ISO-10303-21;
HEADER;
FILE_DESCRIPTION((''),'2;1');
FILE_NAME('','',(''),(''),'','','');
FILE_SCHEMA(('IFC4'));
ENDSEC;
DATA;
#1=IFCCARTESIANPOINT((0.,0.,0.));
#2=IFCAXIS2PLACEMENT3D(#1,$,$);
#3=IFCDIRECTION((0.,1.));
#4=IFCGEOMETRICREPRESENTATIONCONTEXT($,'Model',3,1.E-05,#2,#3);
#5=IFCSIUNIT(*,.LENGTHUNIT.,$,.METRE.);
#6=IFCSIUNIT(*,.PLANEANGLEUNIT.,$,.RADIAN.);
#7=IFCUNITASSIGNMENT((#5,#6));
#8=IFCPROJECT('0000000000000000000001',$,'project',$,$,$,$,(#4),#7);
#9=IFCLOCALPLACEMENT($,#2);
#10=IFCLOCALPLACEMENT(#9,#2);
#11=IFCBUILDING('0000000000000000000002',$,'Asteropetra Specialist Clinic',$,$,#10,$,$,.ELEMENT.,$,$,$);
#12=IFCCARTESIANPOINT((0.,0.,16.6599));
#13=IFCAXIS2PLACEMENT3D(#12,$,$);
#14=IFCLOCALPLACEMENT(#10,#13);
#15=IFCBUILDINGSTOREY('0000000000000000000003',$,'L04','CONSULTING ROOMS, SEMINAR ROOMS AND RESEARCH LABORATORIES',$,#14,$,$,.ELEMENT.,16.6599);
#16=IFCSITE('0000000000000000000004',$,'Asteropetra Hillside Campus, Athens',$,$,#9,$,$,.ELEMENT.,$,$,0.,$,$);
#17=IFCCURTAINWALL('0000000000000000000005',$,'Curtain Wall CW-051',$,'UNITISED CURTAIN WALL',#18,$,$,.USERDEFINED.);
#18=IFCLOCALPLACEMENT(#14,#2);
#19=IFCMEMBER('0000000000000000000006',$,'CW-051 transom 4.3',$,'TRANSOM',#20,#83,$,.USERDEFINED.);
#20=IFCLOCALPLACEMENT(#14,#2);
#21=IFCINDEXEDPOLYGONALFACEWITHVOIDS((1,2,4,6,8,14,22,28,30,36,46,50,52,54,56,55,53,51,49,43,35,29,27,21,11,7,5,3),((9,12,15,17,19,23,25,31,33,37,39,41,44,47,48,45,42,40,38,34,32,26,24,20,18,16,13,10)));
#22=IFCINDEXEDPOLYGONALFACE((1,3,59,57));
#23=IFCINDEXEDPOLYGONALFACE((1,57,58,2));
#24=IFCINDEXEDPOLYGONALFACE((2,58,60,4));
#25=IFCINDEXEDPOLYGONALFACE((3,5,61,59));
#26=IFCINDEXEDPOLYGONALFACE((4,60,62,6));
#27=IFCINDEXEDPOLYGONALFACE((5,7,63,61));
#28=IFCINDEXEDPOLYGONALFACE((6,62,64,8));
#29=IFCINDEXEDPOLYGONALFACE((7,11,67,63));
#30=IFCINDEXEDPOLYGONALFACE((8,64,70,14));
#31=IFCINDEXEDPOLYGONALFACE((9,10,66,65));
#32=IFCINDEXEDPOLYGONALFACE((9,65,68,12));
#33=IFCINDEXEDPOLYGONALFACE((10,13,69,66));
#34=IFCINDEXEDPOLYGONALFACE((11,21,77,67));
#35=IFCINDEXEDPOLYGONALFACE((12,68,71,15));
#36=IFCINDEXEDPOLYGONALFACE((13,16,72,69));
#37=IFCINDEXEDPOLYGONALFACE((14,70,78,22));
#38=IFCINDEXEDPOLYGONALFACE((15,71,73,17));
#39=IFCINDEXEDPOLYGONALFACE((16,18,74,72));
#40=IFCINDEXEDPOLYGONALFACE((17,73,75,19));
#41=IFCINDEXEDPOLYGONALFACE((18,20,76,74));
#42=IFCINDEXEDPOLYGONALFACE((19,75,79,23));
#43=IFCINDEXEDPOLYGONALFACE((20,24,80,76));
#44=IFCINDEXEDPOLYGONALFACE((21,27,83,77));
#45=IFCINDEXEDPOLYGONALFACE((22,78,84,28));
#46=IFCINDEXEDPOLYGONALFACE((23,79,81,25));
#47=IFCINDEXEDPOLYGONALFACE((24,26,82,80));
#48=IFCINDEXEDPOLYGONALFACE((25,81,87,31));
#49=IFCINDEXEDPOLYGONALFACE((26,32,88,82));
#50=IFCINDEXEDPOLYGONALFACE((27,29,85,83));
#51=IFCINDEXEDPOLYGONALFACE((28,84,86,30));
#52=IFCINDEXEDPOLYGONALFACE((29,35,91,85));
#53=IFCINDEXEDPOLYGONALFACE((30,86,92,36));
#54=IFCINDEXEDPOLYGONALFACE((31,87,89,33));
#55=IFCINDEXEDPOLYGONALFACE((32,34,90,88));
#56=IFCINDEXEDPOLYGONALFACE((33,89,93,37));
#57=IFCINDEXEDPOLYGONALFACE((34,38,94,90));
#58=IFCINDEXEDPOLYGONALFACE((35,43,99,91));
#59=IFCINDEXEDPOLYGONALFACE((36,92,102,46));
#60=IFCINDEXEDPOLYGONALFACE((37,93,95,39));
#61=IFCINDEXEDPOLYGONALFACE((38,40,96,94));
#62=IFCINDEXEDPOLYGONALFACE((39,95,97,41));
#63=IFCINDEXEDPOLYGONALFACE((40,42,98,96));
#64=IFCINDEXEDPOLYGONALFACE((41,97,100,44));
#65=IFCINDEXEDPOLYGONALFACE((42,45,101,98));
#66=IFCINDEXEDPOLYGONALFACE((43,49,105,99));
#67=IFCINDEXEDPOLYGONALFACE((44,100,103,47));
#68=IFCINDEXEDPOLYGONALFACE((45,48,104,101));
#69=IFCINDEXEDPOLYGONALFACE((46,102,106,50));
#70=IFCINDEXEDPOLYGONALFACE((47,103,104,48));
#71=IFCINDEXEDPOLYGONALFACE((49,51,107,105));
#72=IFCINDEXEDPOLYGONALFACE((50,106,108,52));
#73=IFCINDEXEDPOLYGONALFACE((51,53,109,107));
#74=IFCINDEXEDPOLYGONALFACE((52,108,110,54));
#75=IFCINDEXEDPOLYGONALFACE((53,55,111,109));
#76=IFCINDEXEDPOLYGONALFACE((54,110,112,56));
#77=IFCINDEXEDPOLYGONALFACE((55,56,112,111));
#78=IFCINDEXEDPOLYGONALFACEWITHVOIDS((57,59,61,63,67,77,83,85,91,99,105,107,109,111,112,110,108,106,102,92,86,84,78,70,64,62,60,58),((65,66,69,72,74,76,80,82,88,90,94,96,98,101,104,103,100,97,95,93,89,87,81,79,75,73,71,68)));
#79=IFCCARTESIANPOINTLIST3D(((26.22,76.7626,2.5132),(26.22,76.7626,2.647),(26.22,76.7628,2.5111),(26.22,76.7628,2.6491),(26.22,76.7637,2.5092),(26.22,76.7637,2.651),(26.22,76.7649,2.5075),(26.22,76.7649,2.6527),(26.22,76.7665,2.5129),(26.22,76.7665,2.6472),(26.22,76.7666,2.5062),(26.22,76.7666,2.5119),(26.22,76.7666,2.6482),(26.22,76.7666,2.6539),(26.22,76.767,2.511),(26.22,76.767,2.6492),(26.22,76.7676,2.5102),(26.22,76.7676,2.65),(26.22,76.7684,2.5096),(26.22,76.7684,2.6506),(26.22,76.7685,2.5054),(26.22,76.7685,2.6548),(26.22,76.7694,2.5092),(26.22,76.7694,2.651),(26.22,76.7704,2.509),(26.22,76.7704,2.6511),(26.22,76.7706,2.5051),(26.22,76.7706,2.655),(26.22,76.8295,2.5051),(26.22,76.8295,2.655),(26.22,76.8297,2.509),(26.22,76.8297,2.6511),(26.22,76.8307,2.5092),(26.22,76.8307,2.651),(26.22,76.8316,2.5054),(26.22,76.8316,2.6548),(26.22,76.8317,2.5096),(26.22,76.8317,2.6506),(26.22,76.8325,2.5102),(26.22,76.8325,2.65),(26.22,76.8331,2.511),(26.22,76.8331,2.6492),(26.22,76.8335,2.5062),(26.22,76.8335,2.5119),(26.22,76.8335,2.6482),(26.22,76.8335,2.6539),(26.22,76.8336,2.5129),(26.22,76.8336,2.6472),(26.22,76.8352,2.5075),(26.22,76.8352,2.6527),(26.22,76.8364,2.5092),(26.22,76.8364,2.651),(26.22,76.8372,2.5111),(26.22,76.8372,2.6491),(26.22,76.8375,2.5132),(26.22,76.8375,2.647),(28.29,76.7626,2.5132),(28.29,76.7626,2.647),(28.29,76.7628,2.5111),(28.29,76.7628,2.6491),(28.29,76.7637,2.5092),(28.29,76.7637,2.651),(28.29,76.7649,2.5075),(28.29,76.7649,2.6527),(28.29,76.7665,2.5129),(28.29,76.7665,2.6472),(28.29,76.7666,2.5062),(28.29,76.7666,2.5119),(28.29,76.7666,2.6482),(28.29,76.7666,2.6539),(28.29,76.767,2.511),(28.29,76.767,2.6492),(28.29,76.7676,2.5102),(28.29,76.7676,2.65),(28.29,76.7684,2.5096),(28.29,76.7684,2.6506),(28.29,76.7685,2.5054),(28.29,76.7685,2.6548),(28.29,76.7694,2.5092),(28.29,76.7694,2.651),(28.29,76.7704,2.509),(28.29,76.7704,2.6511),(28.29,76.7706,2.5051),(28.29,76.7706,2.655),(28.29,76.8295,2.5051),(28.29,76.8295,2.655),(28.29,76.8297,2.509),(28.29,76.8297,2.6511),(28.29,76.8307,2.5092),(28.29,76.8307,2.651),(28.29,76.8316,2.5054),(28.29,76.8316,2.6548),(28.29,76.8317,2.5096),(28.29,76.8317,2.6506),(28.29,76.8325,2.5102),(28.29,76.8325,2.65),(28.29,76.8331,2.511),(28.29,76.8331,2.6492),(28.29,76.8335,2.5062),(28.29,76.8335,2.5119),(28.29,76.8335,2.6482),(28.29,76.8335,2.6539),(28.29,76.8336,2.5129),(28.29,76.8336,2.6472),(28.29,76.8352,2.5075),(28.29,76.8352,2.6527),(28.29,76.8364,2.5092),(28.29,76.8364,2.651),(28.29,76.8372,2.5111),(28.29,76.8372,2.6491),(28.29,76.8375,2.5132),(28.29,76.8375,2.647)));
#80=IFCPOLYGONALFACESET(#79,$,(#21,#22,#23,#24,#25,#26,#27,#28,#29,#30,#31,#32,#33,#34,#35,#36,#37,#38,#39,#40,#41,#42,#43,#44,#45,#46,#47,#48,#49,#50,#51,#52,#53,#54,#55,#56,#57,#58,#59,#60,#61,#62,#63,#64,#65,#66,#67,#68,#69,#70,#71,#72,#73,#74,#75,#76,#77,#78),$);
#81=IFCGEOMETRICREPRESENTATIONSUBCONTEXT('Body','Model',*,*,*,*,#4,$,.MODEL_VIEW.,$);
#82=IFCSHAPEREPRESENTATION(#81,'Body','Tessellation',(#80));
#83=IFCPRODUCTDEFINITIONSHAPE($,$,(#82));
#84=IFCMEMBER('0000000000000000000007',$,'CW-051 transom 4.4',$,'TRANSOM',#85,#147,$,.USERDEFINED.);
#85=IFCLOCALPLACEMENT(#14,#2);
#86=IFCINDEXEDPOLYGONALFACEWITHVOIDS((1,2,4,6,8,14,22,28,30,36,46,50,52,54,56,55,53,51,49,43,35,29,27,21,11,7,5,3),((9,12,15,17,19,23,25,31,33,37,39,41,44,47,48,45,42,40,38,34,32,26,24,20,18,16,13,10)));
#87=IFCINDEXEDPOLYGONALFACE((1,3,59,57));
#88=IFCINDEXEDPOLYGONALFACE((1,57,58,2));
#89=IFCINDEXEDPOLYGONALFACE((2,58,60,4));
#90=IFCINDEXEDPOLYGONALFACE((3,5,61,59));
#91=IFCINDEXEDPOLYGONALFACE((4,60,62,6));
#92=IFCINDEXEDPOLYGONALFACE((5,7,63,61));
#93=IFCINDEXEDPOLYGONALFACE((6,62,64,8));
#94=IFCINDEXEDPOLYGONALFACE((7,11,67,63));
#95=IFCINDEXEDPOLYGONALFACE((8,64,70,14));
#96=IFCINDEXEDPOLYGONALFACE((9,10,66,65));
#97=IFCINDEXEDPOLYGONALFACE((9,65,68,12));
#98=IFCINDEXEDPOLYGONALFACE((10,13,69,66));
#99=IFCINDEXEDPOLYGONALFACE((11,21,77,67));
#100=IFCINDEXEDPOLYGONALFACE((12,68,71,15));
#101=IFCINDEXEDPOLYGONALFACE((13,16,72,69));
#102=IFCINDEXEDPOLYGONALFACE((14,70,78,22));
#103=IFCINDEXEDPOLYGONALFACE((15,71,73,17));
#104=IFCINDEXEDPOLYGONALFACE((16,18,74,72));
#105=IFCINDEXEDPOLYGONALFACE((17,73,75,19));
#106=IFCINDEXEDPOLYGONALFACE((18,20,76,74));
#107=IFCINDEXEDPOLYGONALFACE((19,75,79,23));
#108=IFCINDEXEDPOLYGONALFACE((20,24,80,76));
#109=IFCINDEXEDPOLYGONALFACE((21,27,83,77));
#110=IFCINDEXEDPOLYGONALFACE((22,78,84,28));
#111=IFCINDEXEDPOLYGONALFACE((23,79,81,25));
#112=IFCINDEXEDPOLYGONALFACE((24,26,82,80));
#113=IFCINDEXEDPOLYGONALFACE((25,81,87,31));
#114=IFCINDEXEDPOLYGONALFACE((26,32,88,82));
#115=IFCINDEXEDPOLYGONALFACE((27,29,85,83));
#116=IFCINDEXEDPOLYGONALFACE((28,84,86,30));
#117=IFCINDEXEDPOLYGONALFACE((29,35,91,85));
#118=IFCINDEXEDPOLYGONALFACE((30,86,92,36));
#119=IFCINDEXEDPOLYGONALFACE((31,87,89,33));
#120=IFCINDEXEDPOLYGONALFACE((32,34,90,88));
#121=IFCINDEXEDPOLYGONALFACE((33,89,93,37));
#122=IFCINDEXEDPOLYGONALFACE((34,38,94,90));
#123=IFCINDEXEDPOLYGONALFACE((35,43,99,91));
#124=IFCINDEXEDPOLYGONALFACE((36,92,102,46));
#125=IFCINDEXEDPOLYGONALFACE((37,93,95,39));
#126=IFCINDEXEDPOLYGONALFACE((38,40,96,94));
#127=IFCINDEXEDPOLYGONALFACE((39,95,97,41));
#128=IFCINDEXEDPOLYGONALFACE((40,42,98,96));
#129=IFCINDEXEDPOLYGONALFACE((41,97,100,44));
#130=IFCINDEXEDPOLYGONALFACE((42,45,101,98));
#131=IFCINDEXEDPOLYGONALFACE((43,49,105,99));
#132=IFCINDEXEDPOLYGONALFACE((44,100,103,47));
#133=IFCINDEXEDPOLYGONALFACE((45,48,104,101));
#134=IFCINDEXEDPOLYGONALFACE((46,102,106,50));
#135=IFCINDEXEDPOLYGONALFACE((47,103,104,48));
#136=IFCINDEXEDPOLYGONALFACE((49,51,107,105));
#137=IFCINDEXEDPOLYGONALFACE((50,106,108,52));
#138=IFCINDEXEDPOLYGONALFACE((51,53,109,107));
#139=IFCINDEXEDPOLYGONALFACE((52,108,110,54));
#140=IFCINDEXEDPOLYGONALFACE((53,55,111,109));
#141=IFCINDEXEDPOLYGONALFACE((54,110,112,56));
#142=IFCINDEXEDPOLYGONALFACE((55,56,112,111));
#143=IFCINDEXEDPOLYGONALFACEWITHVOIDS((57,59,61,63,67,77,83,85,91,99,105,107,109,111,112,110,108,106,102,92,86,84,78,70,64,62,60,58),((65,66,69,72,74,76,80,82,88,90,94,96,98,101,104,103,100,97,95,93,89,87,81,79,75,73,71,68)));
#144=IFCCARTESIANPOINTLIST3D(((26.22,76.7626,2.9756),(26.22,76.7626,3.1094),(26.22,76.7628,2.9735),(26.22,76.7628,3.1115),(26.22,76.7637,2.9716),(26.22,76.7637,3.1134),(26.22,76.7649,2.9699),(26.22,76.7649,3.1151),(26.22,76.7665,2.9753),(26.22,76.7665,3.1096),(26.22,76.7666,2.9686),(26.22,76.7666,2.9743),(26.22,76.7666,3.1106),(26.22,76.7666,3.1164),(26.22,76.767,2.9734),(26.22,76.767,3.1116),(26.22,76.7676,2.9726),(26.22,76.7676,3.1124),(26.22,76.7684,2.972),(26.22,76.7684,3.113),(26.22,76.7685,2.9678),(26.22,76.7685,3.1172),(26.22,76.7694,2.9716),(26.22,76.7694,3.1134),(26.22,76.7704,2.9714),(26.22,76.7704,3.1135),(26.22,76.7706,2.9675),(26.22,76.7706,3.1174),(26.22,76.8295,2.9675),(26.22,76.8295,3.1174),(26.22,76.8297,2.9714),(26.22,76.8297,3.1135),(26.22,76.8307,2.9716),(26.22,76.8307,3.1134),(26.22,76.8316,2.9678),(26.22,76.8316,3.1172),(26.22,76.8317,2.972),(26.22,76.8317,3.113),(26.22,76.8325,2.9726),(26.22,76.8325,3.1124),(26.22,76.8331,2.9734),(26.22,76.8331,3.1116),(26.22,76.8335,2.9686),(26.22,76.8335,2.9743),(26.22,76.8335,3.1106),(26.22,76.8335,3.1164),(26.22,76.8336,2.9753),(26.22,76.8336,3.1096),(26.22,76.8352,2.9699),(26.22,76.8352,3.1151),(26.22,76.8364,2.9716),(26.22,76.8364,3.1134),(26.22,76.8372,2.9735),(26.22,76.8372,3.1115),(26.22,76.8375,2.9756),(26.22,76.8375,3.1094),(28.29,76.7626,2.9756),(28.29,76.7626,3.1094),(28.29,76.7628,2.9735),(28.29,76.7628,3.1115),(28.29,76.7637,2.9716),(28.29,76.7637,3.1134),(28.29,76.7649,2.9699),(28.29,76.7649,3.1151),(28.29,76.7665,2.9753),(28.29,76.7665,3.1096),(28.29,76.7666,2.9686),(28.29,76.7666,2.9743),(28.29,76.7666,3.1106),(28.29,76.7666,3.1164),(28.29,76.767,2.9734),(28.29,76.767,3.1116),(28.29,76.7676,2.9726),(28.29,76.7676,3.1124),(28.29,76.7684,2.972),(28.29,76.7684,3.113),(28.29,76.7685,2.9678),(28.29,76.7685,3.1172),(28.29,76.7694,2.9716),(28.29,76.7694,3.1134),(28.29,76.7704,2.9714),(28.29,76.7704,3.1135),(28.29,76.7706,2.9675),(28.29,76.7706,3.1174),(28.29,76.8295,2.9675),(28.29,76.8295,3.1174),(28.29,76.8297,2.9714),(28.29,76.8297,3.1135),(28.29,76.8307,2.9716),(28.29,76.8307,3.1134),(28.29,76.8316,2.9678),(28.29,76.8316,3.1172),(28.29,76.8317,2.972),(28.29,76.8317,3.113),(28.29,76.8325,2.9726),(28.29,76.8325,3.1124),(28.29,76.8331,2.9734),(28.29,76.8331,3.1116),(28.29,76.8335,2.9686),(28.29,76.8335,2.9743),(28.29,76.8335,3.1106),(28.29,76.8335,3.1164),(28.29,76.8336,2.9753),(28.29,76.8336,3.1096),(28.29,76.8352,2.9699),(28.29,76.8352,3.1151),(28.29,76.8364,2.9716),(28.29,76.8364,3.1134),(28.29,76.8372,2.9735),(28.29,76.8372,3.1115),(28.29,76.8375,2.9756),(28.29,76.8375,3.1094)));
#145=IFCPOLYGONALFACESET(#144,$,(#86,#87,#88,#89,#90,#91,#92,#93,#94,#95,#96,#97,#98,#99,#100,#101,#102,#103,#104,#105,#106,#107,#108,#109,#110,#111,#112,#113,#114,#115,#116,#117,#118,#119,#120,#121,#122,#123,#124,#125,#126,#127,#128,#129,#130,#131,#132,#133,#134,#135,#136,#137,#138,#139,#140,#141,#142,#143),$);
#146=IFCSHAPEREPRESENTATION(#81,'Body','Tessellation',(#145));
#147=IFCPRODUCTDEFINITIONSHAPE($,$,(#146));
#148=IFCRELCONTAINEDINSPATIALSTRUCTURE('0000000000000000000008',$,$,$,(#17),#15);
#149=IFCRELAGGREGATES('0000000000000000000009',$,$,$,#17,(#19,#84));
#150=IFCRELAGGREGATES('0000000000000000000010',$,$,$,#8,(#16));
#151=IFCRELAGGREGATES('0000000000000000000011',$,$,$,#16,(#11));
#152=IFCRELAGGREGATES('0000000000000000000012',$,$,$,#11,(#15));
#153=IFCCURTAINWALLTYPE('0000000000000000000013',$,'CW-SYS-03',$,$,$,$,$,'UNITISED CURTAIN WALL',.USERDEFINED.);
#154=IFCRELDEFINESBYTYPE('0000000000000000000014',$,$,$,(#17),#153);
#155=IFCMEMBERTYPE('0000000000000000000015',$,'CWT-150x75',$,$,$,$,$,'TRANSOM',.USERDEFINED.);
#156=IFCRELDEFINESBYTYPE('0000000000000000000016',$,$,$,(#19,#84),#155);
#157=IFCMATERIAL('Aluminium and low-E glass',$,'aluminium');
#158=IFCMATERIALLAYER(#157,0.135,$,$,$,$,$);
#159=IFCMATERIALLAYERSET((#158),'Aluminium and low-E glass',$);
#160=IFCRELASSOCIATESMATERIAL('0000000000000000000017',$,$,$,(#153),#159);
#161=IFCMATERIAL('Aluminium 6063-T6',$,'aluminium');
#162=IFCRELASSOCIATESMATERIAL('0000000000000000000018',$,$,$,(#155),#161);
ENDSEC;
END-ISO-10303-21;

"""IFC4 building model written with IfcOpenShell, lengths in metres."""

from ifc_helpers import new_model, si_unit, direction, frame, origin, origin_2d, place, context, subcontext, project, spatial, hollow_rectangle, extrude, material, layer, layer_set, material_profile, profile_set, type_object, element, aggregate, save


model = new_model("IFC4")

# Units and contexts
model_context = context("Model", 3, precision=1e-05, world=origin(), true_north=direction((0.0, 1.0)))
body_context = subcontext(model_context, "Body", "Model", "MODEL_VIEW")
ifc_project = project(units=[si_unit("LENGTHUNIT", "METRE"), si_unit("PLANEANGLEUNIT", "RADIAN")], contexts=[model_context])

# Site, building, storey
site_placement = place(None, origin())
site = spatial("IfcSite", under=ifc_project, at=site_placement, Name="Asteropetra Hillside Campus, Athens", CompositionType="ELEMENT", RefElevation=0.0)
building_placement = place(site_placement, origin())
building = spatial("IfcBuilding", under=site, at=building_placement, Name="Asteropetra Specialist Clinic", CompositionType="ELEMENT")
storey_placement = place(building_placement, frame((0.0, 0.0, 16.6599)))
storey = spatial("IfcBuildingStorey", under=building, at=storey_placement, Name="L04", Description="CONSULTING ROOMS, SEMINAR ROOMS AND RESEARCH LABORATORIES", CompositionType="ELEMENT", Elevation=16.6599)

# Curtain wall
ifc_material_1 = material(Name="Aluminium and low-E glass", Category="aluminium")
ifc_layer_1 = layer(ifc_material_1, 0.135)
ifc_layer_set_1 = layer_set([ifc_layer_1], Name="Aluminium and low-E glass")
curtain_wall_type_1 = type_object("IfcCurtainWallType", Name="CW-SYS-03", ElementType="UNITISED CURTAIN WALL", PredefinedType="USERDEFINED", material=ifc_layer_set_1)
curtain_wall_1_placement = place(storey_placement, origin())
curtain_wall_1 = element("IfcCurtainWall", 1, at=curtain_wall_1_placement, inside=storey, type_object=curtain_wall_type_1, Name="Curtain Wall CW-051", ObjectType="UNITISED CURTAIN WALL", PredefinedType="USERDEFINED")

# Members
ifc_material_2 = material(Name="Aluminium 6063-T6", Category="aluminium")
ifc_material_profile_1 = material_profile(ifc_material_2, hollow_rectangle(XDim=0.075, YDim=0.1499, WallThickness=0.0039, InnerFilletRadius=0.0039, OuterFilletRadius=0.0081, at=origin_2d()), Name="TRN 150x75x4.0")
ifc_profile_set_1 = profile_set([ifc_material_profile_1], Name="Aluminium 6063-T6")
member_type_1 = type_object("IfcMemberType", Name="CWT-150x75", ElementType="TRANSOM", PredefinedType="USERDEFINED", material=ifc_profile_set_1)
member_1_placement = place(storey_placement, frame((26.22, 76.8, 2.5801), z_axis=(1.0, 0.0, 0.0), x_axis=(0.0, 1.0, 0.0)))
member_1 = element("IfcMember", 2, at=member_1_placement, type_object=member_type_1, Name="CW-051 transom 4.3", ObjectType="TRANSOM", PredefinedType="USERDEFINED", context=body_context, shape_type="SweptSolid", body=[
    extrude(hollow_rectangle(XDim=0.075, YDim=0.1499, WallThickness=0.0039, InnerFilletRadius=0.0039, OuterFilletRadius=0.0081, at=origin_2d()), origin(), (0.0, 0.0, 1.0), 2.0701),
])
member_2_placement = place(storey_placement, frame((26.22, 76.8, 3.0425), z_axis=(1.0, 0.0, 0.0), x_axis=(0.0, 1.0, 0.0)))
member_2 = element("IfcMember", 3, at=member_2_placement, type_object=member_type_1, Name="CW-051 transom 4.4", ObjectType="TRANSOM", PredefinedType="USERDEFINED", context=body_context, shape_type="SweptSolid", body=[
    extrude(hollow_rectangle(XDim=0.075, YDim=0.1499, WallThickness=0.0039, InnerFilletRadius=0.0039, OuterFilletRadius=0.0081, at=origin_2d()), origin(), (0.0, 0.0, 1.0), 2.0701),
])

aggregate(curtain_wall_1, [member_1, member_2])

save(model, "model.ifc")
